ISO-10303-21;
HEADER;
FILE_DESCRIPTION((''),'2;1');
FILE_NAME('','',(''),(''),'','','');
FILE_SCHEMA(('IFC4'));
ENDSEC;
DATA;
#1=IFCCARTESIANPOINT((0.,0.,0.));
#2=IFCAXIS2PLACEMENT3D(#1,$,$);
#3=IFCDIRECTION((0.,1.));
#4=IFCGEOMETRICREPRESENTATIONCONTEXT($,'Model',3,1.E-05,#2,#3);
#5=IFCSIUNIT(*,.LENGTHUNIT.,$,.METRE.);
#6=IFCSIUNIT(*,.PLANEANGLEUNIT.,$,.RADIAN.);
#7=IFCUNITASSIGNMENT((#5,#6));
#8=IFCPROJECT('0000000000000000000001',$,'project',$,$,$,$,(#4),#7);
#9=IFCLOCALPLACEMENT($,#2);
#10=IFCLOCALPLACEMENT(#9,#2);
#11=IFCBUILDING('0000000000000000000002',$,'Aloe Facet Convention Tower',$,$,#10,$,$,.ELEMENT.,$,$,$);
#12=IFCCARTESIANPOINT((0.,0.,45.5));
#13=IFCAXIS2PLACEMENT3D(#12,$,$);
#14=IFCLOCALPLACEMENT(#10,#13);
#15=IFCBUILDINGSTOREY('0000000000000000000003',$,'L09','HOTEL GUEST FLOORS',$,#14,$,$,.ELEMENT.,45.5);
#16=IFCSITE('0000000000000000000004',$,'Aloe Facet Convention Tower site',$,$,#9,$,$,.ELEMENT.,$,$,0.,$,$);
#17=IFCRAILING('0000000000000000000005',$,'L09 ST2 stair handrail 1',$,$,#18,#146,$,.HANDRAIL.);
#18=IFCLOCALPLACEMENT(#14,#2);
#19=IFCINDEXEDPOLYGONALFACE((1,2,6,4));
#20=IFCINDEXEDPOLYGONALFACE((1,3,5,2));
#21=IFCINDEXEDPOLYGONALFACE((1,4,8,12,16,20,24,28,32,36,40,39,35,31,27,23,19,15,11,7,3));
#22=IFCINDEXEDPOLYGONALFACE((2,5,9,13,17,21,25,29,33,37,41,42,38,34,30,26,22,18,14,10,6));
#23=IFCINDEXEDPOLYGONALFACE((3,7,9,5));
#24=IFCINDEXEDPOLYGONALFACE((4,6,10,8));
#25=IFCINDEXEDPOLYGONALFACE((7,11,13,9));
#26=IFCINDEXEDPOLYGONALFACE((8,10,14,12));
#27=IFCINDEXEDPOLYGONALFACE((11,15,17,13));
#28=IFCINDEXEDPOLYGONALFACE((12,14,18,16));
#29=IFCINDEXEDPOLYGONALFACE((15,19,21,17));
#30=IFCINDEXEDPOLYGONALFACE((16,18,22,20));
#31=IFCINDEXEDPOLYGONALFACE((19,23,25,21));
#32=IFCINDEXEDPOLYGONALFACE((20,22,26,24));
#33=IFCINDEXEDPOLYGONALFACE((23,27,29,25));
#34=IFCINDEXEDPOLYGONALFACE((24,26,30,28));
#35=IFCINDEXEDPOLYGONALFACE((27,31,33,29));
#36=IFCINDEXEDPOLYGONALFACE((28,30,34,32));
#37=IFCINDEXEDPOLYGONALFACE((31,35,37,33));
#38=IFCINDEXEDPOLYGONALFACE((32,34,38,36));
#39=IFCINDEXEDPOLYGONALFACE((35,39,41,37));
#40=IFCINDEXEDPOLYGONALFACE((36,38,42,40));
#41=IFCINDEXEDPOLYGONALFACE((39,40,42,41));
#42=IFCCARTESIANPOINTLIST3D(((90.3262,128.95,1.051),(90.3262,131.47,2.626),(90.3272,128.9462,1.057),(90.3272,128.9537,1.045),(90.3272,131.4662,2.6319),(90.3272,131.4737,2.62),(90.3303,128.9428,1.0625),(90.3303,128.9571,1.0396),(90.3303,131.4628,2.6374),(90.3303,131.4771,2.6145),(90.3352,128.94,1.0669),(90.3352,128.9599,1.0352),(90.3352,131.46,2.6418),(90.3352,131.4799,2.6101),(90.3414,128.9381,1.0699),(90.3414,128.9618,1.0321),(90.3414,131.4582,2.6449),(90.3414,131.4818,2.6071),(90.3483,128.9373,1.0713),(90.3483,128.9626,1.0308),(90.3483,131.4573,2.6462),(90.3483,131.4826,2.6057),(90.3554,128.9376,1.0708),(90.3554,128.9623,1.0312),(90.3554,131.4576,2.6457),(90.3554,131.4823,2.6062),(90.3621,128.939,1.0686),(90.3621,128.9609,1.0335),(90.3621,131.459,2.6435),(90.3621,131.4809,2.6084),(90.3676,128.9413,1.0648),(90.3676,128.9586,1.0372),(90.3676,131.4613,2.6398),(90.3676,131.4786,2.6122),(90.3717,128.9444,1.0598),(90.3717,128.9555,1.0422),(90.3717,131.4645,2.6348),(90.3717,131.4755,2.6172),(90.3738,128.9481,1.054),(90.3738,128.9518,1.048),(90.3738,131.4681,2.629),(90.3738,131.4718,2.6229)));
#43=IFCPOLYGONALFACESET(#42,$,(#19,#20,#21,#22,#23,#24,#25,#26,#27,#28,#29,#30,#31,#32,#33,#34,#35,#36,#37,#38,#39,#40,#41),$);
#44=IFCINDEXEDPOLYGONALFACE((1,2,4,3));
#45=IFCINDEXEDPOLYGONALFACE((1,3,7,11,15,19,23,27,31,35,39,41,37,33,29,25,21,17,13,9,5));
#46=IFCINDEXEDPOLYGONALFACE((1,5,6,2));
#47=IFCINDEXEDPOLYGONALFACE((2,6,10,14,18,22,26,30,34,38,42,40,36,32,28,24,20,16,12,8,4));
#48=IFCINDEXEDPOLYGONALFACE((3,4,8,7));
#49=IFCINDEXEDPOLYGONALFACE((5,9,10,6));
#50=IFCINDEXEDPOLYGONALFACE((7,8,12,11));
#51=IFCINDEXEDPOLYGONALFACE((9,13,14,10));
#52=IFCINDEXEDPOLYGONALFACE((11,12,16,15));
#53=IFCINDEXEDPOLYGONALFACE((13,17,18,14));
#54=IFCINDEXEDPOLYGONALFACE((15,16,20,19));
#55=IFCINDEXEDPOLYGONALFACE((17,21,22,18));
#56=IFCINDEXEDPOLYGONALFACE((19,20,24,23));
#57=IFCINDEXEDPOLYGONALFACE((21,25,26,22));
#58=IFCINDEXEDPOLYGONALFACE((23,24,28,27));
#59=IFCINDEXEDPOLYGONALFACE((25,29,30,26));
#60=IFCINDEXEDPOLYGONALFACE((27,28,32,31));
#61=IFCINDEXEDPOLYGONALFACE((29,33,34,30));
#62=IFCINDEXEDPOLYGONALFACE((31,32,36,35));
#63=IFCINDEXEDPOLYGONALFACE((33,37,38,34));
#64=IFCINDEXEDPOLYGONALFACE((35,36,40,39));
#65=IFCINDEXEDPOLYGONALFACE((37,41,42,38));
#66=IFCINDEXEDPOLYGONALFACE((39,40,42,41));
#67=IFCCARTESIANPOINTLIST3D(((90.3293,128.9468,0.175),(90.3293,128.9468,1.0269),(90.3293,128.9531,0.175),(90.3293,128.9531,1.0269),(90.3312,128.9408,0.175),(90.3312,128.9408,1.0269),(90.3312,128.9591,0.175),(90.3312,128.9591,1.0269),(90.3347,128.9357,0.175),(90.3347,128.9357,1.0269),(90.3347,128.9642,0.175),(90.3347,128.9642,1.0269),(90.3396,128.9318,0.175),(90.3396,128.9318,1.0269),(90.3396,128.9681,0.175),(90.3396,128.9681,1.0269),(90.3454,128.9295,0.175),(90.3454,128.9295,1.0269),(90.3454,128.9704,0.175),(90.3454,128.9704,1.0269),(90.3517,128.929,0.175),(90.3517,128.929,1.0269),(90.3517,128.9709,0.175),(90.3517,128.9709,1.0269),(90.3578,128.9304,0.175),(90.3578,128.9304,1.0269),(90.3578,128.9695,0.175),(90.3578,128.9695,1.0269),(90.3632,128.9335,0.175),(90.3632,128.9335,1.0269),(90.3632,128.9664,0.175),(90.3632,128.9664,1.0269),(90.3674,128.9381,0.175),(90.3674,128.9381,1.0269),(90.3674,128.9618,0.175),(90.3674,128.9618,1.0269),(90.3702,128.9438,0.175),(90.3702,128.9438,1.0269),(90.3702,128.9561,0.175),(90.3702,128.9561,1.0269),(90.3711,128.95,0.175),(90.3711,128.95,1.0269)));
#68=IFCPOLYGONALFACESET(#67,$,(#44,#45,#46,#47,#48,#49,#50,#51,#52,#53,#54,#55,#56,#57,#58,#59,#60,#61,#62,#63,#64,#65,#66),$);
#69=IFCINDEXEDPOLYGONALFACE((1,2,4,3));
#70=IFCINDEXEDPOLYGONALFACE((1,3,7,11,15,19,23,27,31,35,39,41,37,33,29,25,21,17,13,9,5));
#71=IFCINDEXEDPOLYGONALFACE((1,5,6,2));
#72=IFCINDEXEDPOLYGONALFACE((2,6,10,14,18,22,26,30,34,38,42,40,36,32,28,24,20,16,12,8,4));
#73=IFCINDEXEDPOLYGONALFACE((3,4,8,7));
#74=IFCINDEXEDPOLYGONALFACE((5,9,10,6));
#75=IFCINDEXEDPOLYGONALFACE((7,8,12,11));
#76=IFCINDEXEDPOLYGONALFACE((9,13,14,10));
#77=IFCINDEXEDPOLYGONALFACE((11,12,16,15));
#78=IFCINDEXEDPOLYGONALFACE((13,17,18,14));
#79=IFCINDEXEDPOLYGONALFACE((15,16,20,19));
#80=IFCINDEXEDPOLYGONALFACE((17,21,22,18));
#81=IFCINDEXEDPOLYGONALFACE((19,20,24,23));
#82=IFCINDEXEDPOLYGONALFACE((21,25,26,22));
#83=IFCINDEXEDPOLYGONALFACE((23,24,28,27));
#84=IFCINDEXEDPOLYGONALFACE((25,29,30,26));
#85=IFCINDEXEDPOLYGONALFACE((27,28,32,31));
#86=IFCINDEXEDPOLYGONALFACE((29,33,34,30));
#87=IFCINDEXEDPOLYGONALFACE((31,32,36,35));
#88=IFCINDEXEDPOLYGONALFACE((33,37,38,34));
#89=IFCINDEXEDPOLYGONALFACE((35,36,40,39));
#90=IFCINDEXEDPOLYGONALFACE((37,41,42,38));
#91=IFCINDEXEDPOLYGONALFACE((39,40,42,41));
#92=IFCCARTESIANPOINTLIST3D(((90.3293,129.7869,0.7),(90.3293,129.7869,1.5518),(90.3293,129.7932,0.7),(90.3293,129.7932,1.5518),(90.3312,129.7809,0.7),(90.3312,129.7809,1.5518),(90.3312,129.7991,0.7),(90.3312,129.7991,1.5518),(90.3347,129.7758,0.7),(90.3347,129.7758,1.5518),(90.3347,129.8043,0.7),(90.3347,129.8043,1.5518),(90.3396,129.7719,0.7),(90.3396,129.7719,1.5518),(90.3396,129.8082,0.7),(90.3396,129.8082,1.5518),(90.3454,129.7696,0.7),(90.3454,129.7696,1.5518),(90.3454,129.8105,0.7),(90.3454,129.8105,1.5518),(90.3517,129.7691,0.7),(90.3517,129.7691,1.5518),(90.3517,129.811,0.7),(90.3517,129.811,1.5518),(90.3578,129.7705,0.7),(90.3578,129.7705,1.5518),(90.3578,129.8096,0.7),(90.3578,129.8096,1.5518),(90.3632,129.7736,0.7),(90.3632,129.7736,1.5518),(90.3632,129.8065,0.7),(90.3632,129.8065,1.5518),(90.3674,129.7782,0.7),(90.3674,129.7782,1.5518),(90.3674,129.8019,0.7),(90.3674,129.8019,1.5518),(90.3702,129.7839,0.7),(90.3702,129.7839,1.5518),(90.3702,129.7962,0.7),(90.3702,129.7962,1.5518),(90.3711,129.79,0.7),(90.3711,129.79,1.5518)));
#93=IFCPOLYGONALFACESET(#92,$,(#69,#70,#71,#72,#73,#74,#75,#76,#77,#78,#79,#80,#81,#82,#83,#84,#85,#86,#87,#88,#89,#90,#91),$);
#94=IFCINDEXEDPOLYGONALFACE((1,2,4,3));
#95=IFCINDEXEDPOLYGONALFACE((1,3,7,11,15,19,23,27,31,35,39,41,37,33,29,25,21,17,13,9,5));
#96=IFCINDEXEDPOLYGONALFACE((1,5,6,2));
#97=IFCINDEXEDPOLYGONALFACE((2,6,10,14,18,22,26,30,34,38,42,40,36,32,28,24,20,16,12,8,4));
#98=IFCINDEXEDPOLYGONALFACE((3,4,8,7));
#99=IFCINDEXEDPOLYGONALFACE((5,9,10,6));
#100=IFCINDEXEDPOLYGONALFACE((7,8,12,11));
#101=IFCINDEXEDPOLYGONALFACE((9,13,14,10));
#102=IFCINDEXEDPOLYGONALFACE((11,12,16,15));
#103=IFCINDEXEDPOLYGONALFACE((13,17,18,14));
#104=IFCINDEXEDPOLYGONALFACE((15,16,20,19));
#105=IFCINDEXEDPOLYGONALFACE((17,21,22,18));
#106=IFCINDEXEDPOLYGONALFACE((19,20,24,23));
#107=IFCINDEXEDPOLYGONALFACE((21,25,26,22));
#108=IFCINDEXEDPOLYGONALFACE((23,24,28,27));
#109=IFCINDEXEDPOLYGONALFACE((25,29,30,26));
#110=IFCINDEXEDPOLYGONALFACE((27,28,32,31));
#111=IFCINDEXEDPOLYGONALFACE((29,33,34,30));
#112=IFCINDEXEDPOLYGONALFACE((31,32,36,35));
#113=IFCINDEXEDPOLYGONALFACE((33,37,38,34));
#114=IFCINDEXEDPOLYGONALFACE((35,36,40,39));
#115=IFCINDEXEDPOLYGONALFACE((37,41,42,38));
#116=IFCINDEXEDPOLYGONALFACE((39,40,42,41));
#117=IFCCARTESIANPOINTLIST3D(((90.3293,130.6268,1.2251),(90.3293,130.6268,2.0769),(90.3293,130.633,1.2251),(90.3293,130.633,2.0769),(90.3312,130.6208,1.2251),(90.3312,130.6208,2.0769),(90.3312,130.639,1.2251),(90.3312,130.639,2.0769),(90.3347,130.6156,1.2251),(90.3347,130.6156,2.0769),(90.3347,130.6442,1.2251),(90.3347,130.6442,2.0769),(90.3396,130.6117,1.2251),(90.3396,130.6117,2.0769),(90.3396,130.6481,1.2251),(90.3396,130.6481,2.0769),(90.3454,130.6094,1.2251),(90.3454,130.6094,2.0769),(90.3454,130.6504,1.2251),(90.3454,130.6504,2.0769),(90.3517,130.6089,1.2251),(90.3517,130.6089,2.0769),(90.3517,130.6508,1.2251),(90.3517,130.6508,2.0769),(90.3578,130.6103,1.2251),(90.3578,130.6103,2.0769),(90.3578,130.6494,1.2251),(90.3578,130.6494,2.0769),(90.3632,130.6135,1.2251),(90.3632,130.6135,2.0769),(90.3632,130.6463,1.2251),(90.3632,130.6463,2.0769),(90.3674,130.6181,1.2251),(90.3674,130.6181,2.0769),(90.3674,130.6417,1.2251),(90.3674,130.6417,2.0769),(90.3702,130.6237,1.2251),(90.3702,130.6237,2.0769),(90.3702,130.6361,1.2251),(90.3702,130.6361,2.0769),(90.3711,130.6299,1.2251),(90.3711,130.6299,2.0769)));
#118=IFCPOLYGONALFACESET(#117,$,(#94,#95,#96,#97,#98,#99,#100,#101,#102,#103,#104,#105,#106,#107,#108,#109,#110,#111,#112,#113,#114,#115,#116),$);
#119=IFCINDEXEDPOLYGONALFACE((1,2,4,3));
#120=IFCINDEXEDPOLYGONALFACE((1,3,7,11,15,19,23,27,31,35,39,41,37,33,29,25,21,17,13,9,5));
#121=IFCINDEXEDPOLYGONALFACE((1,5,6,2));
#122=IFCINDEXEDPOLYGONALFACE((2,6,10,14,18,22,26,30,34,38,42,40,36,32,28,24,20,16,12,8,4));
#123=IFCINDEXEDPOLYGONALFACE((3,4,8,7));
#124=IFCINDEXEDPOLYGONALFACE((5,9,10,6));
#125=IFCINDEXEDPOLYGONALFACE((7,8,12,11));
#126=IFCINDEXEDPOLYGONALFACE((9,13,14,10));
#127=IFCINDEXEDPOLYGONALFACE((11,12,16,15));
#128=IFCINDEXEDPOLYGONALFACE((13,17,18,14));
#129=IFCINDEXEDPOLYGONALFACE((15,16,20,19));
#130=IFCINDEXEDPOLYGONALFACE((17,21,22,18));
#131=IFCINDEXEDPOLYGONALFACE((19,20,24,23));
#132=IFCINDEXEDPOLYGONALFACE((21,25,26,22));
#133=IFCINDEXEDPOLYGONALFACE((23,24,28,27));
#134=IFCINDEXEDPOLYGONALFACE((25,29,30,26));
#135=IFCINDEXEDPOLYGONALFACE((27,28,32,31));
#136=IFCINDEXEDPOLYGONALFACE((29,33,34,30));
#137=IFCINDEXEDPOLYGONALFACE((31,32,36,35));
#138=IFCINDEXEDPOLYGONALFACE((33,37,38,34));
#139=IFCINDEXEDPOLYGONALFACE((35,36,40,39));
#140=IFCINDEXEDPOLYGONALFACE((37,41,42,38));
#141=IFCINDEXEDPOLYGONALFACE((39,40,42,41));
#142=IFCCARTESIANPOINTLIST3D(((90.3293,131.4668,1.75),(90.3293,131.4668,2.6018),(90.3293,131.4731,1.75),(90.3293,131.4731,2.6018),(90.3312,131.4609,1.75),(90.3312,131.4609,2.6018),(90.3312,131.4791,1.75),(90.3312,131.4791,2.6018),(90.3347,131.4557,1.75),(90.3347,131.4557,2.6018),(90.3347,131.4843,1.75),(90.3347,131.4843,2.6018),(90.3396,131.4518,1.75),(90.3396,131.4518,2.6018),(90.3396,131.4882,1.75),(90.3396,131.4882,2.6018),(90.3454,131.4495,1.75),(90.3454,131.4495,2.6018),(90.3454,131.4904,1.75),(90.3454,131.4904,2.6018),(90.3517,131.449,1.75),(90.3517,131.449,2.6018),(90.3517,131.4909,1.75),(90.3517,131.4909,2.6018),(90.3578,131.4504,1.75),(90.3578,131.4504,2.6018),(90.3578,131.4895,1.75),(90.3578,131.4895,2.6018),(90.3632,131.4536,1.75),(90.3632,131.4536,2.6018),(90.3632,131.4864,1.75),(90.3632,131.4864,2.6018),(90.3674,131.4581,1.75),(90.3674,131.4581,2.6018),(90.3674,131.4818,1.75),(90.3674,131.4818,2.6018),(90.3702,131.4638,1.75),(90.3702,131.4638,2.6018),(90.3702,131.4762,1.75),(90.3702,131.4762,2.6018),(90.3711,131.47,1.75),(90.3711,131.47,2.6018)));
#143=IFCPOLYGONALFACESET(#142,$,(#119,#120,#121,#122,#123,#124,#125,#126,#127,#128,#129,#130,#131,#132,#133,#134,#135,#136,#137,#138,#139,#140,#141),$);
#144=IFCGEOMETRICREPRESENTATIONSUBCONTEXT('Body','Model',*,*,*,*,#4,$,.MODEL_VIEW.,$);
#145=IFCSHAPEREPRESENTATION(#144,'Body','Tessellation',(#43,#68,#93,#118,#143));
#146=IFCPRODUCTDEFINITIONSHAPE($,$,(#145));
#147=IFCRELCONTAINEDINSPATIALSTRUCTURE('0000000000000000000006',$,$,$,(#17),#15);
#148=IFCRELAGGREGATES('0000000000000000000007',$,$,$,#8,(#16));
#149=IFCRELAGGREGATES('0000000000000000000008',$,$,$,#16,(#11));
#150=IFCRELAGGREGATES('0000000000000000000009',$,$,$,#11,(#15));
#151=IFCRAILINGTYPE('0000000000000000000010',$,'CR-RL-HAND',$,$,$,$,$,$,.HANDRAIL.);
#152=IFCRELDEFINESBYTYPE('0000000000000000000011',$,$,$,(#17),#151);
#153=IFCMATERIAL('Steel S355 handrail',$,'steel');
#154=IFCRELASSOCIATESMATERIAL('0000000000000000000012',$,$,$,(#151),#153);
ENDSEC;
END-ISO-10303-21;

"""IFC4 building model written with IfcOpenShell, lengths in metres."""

from ifc_helpers import new_model, si_unit, direction, frame, origin, origin_2d, place, context, subcontext, project, spatial, circle, extrude, material, type_object, element, save


model = new_model("IFC4")

# Units and contexts
model_context = context("Model", 3, precision=1e-05, world=origin(), true_north=direction((0.0, 1.0)))
body_context = subcontext(model_context, "Body", "Model", "MODEL_VIEW")
ifc_project = project(units=[si_unit("LENGTHUNIT", "METRE"), si_unit("PLANEANGLEUNIT", "RADIAN")], contexts=[model_context])

# Site, building, storey
site_placement = place(None, origin())
site = spatial("IfcSite", under=ifc_project, at=site_placement, Name="Aloe Facet Convention Tower site", CompositionType="ELEMENT", RefElevation=0.0)
building_placement = place(site_placement, origin())
building = spatial("IfcBuilding", under=site, at=building_placement, Name="Aloe Facet Convention Tower", CompositionType="ELEMENT")
storey_placement = place(building_placement, frame((0.0, 0.0, 45.5)))
storey = spatial("IfcBuildingStorey", under=building, at=storey_placement, Name="L09", Description="HOTEL GUEST FLOORS", CompositionType="ELEMENT", Elevation=45.5)

# Railing
ifc_material_1 = material(Name="Steel S355 handrail", Category="steel")
railing_type_1 = type_object("IfcRailingType", Name="CR-RL-HAND", PredefinedType="HANDRAIL", material=ifc_material_1)
railing_1_placement = place(storey_placement, frame((90.3501, 128.95, 0.175)))
element("IfcRailing", 1, at=railing_1_placement, inside=storey, type_object=railing_type_1, Name="L09 ST2 stair handrail 1", PredefinedType="HANDRAIL", context=body_context, shape_type="SweptSolid", body=[
    extrude(circle(Radius=0.0239, at=origin_2d()), frame((0.0, 0.0, 0.876), z_axis=(0.0, 0.848008, 0.529984), x_axis=(-1.0, 0.0, 0.0)), (0.0, 0.0, 1.0), 2.9717),
    extrude(circle(Radius=0.021, at=origin_2d()), origin(), (0.0, 0.0, 1.0), 0.8518),
    extrude(circle(Radius=0.021, at=origin_2d()), frame((0.0, 0.8401, 0.5249)), (0.0, 0.0, 1.0), 0.8518),
    extrude(circle(Radius=0.021, at=origin_2d()), frame((0.0, 1.6799, 1.05)), (0.0, 0.0, 1.0), 0.8518),
    extrude(circle(Radius=0.021, at=origin_2d()), frame((0.0, 2.52, 1.575)), (0.0, 0.0, 1.0), 0.8518),
])

save(model, "model.ifc")
